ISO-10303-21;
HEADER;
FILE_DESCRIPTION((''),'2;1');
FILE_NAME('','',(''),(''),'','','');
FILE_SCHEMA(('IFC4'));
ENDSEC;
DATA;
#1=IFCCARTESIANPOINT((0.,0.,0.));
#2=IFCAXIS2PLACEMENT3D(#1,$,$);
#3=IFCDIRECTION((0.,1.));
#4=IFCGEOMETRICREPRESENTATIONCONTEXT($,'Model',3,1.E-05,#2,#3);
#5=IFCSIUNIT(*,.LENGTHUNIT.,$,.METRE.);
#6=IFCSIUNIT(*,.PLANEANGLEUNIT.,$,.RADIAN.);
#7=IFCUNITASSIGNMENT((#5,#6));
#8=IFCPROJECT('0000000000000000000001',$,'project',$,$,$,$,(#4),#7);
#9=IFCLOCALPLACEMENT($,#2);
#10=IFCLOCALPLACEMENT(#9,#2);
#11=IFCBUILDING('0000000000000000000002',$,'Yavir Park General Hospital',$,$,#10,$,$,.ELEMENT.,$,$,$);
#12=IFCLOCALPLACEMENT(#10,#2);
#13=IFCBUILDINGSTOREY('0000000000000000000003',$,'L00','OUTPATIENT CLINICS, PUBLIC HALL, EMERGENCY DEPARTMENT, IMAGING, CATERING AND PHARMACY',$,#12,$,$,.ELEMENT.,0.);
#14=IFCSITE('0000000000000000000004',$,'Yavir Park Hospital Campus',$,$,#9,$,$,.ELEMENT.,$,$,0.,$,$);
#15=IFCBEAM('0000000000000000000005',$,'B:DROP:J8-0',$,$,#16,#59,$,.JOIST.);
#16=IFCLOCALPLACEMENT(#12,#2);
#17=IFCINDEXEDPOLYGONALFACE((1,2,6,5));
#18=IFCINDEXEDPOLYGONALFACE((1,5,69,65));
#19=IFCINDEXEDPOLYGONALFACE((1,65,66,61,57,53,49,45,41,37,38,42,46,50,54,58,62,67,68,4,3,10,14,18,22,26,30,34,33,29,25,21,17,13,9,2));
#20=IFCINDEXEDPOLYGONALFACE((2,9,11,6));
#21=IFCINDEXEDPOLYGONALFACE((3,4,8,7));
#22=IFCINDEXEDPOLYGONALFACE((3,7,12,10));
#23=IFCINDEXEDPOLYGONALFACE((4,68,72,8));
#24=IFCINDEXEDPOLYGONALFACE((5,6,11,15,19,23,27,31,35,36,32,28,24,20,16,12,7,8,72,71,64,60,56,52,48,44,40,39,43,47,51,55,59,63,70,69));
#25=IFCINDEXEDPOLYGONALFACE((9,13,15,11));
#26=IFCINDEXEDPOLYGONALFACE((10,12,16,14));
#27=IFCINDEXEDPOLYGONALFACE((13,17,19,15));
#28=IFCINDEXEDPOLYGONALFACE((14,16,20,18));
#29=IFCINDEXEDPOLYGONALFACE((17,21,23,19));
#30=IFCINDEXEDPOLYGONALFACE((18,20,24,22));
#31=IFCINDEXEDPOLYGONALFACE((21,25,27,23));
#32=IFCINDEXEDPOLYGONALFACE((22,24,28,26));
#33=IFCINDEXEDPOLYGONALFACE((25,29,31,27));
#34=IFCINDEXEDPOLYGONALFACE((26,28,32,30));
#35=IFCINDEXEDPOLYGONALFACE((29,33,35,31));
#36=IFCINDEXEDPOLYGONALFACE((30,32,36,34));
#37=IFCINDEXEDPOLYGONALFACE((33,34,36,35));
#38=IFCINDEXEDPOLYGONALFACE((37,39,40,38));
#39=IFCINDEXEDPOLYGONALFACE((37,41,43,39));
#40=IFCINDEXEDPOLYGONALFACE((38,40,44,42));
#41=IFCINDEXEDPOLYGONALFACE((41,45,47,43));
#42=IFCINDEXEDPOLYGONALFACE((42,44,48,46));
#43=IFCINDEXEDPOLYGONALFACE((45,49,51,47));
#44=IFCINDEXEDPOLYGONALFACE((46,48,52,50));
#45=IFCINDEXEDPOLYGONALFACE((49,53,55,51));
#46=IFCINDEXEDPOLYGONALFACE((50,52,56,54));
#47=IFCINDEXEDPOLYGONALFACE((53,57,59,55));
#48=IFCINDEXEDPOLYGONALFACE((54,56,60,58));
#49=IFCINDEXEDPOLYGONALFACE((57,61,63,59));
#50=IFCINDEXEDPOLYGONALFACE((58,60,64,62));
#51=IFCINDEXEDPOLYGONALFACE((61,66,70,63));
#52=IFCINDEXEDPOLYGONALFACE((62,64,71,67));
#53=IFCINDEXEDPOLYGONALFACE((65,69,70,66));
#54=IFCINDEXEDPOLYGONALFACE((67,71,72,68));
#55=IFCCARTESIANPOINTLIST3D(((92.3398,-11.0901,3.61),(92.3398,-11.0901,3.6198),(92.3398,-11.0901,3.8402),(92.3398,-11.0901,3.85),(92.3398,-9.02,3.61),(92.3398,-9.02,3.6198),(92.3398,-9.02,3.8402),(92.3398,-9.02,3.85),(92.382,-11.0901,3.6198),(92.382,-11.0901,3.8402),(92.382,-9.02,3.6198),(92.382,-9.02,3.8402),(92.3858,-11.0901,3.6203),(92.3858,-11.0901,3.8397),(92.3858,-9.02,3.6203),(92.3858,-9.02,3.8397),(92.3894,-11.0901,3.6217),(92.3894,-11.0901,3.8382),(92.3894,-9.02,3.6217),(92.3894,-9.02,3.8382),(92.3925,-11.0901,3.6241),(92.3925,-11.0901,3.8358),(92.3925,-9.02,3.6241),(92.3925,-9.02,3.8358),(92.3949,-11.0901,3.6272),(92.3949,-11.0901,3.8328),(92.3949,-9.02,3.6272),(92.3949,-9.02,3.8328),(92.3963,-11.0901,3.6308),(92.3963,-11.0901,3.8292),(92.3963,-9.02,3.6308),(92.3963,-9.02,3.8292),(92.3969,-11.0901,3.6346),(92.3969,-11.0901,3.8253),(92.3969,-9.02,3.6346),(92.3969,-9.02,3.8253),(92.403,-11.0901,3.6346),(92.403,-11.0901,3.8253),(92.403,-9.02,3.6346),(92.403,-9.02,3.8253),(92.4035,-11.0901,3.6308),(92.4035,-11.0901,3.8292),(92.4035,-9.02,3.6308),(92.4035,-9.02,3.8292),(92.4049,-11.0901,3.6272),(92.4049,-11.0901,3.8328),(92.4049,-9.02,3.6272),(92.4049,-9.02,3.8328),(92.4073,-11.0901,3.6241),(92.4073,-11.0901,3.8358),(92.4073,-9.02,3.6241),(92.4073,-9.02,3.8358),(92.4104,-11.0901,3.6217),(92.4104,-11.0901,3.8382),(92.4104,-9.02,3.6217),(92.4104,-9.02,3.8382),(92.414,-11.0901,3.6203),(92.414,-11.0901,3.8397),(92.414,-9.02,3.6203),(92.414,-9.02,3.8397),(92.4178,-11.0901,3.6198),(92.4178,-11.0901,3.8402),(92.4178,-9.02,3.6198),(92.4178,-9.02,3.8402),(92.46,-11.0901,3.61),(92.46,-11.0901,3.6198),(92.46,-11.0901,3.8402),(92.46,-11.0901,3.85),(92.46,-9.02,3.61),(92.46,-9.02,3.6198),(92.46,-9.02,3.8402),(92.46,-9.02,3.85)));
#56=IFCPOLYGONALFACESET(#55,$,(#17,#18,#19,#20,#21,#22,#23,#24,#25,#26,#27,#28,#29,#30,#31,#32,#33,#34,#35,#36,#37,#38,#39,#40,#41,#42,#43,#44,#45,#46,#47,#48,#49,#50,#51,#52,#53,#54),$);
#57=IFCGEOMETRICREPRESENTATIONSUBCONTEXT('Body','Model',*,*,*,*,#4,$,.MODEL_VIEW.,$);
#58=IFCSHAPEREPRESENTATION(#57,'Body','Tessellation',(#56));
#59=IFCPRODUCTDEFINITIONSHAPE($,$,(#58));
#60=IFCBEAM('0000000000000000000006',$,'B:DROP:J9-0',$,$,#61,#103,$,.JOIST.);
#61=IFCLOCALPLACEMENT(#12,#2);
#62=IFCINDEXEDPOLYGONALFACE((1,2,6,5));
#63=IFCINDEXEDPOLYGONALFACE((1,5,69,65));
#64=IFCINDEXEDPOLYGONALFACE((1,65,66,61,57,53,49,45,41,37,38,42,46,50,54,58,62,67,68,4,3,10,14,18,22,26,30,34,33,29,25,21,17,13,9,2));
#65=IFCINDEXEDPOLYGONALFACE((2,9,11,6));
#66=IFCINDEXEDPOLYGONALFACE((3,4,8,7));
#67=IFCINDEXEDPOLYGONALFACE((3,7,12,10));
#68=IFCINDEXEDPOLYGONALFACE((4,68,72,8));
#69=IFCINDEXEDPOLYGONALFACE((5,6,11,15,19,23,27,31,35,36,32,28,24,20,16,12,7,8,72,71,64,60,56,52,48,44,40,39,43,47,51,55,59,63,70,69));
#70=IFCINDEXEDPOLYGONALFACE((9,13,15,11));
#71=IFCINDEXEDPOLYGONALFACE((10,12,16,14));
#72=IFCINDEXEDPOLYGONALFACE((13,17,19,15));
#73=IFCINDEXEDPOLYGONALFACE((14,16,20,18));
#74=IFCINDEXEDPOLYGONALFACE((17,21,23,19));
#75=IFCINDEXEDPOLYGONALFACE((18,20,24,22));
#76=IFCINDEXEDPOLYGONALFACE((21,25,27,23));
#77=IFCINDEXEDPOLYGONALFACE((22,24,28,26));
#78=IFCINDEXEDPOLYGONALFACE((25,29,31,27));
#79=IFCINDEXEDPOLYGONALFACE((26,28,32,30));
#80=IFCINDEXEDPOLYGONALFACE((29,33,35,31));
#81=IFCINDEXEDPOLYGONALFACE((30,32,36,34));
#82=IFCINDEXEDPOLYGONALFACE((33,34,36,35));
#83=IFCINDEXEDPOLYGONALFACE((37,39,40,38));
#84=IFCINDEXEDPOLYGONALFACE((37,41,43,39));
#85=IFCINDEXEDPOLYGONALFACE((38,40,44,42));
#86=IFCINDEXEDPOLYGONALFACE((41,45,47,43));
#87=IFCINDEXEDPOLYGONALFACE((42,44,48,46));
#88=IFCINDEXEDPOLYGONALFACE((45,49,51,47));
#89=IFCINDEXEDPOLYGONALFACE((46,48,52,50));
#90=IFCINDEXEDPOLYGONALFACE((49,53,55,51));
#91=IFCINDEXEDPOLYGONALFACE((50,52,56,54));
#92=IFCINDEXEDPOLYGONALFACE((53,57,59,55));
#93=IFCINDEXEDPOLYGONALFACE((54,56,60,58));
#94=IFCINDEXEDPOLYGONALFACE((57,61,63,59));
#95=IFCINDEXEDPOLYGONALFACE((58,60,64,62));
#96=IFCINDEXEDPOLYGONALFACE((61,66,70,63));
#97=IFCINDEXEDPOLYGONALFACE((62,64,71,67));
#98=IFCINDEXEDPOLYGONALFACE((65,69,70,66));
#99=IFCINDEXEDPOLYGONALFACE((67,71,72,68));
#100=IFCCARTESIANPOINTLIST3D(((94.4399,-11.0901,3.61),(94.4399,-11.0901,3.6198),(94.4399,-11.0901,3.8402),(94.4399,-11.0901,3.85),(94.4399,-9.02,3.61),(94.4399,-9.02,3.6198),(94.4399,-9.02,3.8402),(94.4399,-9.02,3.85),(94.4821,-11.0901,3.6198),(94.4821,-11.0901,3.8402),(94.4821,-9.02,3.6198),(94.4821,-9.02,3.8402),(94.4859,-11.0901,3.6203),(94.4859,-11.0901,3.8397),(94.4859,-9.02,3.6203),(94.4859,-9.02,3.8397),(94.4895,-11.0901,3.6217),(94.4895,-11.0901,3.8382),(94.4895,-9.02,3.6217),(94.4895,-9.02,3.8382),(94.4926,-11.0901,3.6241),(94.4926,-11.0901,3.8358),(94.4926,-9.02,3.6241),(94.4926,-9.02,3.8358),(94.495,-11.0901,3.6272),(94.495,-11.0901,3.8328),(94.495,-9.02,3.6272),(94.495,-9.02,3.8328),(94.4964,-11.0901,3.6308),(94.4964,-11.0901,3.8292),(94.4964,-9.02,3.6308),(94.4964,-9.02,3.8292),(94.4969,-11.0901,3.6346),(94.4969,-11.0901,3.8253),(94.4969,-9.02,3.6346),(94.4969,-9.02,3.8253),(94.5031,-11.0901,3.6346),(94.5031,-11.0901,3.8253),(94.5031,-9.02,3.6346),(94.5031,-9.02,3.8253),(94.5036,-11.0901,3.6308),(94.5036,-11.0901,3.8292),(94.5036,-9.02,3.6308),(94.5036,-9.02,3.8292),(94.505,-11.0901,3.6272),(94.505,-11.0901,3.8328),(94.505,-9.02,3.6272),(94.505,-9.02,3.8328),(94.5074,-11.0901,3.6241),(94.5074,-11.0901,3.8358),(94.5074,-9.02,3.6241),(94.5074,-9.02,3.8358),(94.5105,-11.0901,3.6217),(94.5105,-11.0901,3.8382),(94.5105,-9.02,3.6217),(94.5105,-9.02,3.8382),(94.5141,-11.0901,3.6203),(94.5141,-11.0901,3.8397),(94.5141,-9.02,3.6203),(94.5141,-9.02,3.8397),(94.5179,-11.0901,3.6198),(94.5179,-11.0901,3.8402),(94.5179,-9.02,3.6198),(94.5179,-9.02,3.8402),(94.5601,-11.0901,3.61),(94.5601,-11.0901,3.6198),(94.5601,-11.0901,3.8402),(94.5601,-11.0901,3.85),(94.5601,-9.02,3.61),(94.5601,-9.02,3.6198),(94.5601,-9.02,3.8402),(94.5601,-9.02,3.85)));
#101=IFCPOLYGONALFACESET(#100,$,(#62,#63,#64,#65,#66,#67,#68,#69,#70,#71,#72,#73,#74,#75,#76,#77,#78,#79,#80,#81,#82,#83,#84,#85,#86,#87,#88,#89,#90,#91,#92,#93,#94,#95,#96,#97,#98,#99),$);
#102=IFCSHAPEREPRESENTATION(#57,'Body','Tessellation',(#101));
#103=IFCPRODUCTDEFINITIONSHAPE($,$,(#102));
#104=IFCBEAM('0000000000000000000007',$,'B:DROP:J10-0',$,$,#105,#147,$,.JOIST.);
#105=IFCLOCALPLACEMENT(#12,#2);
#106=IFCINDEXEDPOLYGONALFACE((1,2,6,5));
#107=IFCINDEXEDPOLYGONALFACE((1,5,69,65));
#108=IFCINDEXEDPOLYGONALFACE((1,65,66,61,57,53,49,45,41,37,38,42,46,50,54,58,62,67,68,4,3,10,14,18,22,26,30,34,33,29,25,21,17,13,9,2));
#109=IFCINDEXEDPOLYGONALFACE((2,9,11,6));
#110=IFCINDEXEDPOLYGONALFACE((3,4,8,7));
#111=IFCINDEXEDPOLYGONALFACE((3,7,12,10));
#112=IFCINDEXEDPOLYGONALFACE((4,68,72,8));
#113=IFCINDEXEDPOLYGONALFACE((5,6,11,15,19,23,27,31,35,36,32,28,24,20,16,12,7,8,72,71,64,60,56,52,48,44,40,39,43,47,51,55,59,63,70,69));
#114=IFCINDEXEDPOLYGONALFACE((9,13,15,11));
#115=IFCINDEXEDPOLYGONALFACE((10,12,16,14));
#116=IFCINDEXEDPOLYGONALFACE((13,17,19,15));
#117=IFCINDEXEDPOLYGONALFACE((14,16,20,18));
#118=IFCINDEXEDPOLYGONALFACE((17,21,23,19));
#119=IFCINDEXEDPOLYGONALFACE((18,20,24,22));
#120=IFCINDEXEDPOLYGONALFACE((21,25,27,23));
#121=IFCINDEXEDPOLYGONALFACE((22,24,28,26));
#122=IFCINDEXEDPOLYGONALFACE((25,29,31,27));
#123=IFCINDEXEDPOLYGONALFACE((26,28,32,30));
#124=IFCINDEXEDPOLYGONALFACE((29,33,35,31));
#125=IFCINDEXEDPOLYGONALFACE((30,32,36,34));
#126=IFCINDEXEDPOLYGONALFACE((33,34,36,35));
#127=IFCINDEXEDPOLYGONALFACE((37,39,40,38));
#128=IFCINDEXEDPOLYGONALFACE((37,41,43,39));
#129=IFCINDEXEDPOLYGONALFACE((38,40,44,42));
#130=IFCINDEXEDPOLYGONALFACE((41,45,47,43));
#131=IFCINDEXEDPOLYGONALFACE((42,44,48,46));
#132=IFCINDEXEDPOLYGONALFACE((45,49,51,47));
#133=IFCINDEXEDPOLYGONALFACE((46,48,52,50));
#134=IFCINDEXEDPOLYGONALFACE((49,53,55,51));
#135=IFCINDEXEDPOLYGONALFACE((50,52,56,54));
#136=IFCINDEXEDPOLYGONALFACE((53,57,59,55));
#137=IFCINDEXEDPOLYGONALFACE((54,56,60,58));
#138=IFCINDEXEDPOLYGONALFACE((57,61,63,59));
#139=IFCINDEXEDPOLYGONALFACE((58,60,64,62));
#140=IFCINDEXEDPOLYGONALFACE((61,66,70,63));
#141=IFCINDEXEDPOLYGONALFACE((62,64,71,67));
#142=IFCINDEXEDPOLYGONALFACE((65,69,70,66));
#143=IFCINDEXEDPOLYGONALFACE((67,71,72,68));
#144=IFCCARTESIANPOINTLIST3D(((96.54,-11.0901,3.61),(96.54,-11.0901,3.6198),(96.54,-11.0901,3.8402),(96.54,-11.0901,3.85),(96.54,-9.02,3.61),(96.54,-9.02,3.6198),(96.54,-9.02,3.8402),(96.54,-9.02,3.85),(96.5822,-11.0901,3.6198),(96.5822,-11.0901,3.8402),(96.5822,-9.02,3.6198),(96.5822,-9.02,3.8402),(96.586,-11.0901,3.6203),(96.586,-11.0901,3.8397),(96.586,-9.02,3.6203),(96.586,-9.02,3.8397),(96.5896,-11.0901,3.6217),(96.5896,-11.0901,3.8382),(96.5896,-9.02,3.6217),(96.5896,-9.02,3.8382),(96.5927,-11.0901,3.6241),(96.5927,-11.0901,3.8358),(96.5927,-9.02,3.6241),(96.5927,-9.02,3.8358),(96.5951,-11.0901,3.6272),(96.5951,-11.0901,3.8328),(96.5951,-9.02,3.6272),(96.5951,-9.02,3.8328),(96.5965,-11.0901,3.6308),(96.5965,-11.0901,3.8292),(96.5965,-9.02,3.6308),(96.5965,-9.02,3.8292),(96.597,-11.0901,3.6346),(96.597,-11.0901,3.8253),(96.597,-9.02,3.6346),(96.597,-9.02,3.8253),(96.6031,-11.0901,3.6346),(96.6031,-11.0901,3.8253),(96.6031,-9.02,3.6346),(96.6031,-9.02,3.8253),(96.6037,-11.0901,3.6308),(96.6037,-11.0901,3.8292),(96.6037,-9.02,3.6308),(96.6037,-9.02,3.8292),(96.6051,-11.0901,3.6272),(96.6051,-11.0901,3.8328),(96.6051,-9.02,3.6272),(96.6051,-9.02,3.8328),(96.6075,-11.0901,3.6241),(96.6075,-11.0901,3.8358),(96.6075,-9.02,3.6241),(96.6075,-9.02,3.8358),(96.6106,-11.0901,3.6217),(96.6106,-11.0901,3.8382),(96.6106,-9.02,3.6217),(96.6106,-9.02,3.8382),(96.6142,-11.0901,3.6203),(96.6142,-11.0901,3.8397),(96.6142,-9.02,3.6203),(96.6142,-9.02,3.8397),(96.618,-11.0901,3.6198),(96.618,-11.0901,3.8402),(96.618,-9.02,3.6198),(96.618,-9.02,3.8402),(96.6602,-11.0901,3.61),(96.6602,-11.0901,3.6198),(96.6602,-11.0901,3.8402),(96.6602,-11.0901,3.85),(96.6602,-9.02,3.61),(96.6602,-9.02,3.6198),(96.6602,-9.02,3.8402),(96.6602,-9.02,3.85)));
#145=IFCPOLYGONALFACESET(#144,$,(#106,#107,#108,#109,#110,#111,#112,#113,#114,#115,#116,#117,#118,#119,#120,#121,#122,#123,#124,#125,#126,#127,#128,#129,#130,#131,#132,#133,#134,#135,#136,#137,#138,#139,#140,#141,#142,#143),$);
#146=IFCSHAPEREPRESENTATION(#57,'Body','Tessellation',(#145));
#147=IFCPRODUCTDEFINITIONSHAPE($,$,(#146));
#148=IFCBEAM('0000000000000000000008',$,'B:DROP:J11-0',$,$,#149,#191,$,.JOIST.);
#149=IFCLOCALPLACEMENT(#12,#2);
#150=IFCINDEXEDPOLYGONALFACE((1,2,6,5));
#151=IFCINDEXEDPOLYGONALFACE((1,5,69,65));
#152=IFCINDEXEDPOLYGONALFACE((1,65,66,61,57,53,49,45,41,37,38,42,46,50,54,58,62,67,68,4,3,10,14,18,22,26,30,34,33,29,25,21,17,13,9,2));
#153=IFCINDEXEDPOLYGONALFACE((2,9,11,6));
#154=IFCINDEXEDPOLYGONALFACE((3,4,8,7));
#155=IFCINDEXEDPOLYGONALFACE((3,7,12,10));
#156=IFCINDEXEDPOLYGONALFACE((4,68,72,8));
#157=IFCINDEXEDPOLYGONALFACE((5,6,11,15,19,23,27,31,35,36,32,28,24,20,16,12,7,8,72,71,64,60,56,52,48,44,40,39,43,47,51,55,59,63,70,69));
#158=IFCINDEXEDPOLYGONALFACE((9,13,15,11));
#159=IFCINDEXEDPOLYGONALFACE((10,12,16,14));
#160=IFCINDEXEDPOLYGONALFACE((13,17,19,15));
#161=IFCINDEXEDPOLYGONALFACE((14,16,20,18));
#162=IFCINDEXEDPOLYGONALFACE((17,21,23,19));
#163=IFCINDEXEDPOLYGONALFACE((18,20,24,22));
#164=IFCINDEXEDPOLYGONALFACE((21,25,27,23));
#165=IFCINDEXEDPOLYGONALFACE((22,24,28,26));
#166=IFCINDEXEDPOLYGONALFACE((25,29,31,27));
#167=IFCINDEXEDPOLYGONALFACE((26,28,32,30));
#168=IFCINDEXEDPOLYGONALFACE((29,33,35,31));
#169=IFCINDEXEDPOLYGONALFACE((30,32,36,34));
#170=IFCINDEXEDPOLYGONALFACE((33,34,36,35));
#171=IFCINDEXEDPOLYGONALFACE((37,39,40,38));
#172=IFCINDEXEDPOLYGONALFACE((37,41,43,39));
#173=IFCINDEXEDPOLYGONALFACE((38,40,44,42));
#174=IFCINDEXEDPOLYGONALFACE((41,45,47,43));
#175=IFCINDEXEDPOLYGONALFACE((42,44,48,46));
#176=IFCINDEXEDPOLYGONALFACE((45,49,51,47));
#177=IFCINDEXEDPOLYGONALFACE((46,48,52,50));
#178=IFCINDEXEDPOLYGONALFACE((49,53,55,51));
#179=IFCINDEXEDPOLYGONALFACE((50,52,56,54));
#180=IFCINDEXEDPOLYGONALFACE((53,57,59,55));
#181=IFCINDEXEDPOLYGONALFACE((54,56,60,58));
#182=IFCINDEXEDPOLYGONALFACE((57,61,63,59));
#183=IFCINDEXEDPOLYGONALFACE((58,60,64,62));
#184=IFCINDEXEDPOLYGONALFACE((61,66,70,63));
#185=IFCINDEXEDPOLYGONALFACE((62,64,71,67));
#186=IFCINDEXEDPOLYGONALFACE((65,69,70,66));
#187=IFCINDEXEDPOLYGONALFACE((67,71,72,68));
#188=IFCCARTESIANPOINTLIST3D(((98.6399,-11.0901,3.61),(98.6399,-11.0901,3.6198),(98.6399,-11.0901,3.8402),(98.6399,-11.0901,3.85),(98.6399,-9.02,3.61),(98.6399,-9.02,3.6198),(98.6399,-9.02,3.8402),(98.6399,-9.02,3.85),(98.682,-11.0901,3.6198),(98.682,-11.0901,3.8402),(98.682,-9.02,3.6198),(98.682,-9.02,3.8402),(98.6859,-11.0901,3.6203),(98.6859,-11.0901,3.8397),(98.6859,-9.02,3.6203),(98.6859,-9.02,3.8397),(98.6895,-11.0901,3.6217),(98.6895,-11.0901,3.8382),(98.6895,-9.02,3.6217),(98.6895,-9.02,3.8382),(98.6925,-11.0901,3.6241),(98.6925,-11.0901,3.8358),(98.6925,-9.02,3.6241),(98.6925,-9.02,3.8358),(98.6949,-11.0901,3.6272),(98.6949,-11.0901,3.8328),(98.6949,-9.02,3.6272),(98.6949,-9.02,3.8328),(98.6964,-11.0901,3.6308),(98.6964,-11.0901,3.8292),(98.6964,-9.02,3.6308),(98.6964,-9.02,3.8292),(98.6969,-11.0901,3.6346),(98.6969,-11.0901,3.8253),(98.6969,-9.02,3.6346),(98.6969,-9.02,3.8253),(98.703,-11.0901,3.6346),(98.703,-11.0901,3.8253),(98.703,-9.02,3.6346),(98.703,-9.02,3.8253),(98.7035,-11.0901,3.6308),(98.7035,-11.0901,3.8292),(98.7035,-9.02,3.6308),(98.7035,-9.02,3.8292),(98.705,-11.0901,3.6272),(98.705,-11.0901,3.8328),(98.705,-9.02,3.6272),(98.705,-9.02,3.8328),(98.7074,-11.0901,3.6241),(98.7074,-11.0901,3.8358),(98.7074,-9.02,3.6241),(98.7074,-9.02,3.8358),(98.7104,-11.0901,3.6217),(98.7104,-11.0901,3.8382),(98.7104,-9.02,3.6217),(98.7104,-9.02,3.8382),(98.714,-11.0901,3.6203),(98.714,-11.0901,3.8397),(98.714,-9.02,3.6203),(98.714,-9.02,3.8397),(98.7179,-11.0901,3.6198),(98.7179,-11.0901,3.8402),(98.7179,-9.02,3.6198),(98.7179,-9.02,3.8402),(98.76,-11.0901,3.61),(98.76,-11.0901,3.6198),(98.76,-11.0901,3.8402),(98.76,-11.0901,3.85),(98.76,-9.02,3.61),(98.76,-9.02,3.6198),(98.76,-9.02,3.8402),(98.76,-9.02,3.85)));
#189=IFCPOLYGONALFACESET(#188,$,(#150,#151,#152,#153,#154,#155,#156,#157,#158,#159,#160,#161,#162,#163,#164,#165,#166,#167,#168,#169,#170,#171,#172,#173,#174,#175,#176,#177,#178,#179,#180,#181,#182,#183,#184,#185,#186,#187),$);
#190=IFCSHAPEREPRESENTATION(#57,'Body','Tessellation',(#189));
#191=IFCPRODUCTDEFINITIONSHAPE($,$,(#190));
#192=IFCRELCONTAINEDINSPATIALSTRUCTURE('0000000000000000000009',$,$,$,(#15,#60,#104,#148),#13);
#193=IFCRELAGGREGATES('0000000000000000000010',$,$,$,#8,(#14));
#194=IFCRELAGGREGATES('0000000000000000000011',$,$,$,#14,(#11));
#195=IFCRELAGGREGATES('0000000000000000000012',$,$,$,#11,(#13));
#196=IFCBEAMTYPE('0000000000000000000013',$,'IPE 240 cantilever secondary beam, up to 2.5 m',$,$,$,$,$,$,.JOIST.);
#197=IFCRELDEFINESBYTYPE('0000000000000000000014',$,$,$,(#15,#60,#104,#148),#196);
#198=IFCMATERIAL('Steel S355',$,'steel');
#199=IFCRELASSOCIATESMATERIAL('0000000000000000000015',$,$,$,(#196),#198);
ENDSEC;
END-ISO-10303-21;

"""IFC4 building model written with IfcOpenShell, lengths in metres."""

from ifc_helpers import new_model, si_unit, direction, frame, origin, origin_2d, place, context, subcontext, project, spatial, i_section, extrude, material, material_profile, profile_set, type_object, element, save


model = new_model("IFC4")

# Units and contexts
model_context = context("Model", 3, precision=1e-05, world=origin(), true_north=direction((0.0, 1.0)))
body_context = subcontext(model_context, "Body", "Model", "MODEL_VIEW")
ifc_project = project(units=[si_unit("LENGTHUNIT", "METRE"), si_unit("PLANEANGLEUNIT", "RADIAN")], contexts=[model_context])

# Site, building, storey
site_placement = place(None, origin())
site = spatial("IfcSite", under=ifc_project, at=site_placement, Name="Yavir Park Hospital Campus", CompositionType="ELEMENT", RefElevation=0.0)
building_placement = place(site_placement, origin())
building = spatial("IfcBuilding", under=site, at=building_placement, Name="Yavir Park General Hospital", CompositionType="ELEMENT")
storey_placement = place(building_placement, origin())
storey = spatial("IfcBuildingStorey", under=building, at=storey_placement, Name="L00", Description="OUTPATIENT CLINICS, PUBLIC HALL, EMERGENCY DEPARTMENT, IMAGING, CATERING AND PHARMACY", CompositionType="ELEMENT", Elevation=0.0)

# Beams
ifc_material_1 = material(Name="Steel S355", Category="steel")
ifc_material_profile_1 = material_profile(ifc_material_1, i_section(OverallWidth=0.1201, OverallDepth=0.24, WebThickness=0.0061, FlangeThickness=0.0098, FilletRadius=0.0149, at=origin_2d()), Name="IPE240")
ifc_profile_set_1 = profile_set([ifc_material_profile_1], Name="Steel S355")
beam_type_1 = type_object("IfcBeamType", Name="IPE 240 cantilever secondary beam, up to 2.5 m", PredefinedType="JOIST", material=ifc_profile_set_1)
for number, where, z_axis, x_axis, name in (
    (1, (92.3999, -9.02, 3.73), (0.0, -1.0, 0.0), (1.0, 0.0, 0.0), "B:DROP:J8-0"),
    (2, (94.5, -9.02, 3.73), (0.0, -1.0, 0.0), (1.0, 0.0, 0.0), "B:DROP:J9-0"),
    (3, (96.6001, -9.02, 3.73), (0.0, -1.0, 0.0), (1.0, 0.0, 0.0), "B:DROP:J10-0"),
    (4, (98.7, -9.02, 3.73), (0.0, -1.0, 0.0), (1.0, 0.0, 0.0), "B:DROP:J11-0"),
):
    element("IfcBeam", number, at=place(storey_placement, frame(where, z_axis=z_axis, x_axis=x_axis)), inside=storey, type_object=beam_type_1, Name=name, PredefinedType="JOIST", context=body_context, shape_type="SweptSolid", body=[
        extrude(i_section(OverallWidth=0.1201, OverallDepth=0.24, WebThickness=0.0061, FlangeThickness=0.0098, FilletRadius=0.0149, at=origin_2d()), origin(), (0.0, 0.0, 1.0), 2.0701),
    ])

save(model, "model.ifc")
